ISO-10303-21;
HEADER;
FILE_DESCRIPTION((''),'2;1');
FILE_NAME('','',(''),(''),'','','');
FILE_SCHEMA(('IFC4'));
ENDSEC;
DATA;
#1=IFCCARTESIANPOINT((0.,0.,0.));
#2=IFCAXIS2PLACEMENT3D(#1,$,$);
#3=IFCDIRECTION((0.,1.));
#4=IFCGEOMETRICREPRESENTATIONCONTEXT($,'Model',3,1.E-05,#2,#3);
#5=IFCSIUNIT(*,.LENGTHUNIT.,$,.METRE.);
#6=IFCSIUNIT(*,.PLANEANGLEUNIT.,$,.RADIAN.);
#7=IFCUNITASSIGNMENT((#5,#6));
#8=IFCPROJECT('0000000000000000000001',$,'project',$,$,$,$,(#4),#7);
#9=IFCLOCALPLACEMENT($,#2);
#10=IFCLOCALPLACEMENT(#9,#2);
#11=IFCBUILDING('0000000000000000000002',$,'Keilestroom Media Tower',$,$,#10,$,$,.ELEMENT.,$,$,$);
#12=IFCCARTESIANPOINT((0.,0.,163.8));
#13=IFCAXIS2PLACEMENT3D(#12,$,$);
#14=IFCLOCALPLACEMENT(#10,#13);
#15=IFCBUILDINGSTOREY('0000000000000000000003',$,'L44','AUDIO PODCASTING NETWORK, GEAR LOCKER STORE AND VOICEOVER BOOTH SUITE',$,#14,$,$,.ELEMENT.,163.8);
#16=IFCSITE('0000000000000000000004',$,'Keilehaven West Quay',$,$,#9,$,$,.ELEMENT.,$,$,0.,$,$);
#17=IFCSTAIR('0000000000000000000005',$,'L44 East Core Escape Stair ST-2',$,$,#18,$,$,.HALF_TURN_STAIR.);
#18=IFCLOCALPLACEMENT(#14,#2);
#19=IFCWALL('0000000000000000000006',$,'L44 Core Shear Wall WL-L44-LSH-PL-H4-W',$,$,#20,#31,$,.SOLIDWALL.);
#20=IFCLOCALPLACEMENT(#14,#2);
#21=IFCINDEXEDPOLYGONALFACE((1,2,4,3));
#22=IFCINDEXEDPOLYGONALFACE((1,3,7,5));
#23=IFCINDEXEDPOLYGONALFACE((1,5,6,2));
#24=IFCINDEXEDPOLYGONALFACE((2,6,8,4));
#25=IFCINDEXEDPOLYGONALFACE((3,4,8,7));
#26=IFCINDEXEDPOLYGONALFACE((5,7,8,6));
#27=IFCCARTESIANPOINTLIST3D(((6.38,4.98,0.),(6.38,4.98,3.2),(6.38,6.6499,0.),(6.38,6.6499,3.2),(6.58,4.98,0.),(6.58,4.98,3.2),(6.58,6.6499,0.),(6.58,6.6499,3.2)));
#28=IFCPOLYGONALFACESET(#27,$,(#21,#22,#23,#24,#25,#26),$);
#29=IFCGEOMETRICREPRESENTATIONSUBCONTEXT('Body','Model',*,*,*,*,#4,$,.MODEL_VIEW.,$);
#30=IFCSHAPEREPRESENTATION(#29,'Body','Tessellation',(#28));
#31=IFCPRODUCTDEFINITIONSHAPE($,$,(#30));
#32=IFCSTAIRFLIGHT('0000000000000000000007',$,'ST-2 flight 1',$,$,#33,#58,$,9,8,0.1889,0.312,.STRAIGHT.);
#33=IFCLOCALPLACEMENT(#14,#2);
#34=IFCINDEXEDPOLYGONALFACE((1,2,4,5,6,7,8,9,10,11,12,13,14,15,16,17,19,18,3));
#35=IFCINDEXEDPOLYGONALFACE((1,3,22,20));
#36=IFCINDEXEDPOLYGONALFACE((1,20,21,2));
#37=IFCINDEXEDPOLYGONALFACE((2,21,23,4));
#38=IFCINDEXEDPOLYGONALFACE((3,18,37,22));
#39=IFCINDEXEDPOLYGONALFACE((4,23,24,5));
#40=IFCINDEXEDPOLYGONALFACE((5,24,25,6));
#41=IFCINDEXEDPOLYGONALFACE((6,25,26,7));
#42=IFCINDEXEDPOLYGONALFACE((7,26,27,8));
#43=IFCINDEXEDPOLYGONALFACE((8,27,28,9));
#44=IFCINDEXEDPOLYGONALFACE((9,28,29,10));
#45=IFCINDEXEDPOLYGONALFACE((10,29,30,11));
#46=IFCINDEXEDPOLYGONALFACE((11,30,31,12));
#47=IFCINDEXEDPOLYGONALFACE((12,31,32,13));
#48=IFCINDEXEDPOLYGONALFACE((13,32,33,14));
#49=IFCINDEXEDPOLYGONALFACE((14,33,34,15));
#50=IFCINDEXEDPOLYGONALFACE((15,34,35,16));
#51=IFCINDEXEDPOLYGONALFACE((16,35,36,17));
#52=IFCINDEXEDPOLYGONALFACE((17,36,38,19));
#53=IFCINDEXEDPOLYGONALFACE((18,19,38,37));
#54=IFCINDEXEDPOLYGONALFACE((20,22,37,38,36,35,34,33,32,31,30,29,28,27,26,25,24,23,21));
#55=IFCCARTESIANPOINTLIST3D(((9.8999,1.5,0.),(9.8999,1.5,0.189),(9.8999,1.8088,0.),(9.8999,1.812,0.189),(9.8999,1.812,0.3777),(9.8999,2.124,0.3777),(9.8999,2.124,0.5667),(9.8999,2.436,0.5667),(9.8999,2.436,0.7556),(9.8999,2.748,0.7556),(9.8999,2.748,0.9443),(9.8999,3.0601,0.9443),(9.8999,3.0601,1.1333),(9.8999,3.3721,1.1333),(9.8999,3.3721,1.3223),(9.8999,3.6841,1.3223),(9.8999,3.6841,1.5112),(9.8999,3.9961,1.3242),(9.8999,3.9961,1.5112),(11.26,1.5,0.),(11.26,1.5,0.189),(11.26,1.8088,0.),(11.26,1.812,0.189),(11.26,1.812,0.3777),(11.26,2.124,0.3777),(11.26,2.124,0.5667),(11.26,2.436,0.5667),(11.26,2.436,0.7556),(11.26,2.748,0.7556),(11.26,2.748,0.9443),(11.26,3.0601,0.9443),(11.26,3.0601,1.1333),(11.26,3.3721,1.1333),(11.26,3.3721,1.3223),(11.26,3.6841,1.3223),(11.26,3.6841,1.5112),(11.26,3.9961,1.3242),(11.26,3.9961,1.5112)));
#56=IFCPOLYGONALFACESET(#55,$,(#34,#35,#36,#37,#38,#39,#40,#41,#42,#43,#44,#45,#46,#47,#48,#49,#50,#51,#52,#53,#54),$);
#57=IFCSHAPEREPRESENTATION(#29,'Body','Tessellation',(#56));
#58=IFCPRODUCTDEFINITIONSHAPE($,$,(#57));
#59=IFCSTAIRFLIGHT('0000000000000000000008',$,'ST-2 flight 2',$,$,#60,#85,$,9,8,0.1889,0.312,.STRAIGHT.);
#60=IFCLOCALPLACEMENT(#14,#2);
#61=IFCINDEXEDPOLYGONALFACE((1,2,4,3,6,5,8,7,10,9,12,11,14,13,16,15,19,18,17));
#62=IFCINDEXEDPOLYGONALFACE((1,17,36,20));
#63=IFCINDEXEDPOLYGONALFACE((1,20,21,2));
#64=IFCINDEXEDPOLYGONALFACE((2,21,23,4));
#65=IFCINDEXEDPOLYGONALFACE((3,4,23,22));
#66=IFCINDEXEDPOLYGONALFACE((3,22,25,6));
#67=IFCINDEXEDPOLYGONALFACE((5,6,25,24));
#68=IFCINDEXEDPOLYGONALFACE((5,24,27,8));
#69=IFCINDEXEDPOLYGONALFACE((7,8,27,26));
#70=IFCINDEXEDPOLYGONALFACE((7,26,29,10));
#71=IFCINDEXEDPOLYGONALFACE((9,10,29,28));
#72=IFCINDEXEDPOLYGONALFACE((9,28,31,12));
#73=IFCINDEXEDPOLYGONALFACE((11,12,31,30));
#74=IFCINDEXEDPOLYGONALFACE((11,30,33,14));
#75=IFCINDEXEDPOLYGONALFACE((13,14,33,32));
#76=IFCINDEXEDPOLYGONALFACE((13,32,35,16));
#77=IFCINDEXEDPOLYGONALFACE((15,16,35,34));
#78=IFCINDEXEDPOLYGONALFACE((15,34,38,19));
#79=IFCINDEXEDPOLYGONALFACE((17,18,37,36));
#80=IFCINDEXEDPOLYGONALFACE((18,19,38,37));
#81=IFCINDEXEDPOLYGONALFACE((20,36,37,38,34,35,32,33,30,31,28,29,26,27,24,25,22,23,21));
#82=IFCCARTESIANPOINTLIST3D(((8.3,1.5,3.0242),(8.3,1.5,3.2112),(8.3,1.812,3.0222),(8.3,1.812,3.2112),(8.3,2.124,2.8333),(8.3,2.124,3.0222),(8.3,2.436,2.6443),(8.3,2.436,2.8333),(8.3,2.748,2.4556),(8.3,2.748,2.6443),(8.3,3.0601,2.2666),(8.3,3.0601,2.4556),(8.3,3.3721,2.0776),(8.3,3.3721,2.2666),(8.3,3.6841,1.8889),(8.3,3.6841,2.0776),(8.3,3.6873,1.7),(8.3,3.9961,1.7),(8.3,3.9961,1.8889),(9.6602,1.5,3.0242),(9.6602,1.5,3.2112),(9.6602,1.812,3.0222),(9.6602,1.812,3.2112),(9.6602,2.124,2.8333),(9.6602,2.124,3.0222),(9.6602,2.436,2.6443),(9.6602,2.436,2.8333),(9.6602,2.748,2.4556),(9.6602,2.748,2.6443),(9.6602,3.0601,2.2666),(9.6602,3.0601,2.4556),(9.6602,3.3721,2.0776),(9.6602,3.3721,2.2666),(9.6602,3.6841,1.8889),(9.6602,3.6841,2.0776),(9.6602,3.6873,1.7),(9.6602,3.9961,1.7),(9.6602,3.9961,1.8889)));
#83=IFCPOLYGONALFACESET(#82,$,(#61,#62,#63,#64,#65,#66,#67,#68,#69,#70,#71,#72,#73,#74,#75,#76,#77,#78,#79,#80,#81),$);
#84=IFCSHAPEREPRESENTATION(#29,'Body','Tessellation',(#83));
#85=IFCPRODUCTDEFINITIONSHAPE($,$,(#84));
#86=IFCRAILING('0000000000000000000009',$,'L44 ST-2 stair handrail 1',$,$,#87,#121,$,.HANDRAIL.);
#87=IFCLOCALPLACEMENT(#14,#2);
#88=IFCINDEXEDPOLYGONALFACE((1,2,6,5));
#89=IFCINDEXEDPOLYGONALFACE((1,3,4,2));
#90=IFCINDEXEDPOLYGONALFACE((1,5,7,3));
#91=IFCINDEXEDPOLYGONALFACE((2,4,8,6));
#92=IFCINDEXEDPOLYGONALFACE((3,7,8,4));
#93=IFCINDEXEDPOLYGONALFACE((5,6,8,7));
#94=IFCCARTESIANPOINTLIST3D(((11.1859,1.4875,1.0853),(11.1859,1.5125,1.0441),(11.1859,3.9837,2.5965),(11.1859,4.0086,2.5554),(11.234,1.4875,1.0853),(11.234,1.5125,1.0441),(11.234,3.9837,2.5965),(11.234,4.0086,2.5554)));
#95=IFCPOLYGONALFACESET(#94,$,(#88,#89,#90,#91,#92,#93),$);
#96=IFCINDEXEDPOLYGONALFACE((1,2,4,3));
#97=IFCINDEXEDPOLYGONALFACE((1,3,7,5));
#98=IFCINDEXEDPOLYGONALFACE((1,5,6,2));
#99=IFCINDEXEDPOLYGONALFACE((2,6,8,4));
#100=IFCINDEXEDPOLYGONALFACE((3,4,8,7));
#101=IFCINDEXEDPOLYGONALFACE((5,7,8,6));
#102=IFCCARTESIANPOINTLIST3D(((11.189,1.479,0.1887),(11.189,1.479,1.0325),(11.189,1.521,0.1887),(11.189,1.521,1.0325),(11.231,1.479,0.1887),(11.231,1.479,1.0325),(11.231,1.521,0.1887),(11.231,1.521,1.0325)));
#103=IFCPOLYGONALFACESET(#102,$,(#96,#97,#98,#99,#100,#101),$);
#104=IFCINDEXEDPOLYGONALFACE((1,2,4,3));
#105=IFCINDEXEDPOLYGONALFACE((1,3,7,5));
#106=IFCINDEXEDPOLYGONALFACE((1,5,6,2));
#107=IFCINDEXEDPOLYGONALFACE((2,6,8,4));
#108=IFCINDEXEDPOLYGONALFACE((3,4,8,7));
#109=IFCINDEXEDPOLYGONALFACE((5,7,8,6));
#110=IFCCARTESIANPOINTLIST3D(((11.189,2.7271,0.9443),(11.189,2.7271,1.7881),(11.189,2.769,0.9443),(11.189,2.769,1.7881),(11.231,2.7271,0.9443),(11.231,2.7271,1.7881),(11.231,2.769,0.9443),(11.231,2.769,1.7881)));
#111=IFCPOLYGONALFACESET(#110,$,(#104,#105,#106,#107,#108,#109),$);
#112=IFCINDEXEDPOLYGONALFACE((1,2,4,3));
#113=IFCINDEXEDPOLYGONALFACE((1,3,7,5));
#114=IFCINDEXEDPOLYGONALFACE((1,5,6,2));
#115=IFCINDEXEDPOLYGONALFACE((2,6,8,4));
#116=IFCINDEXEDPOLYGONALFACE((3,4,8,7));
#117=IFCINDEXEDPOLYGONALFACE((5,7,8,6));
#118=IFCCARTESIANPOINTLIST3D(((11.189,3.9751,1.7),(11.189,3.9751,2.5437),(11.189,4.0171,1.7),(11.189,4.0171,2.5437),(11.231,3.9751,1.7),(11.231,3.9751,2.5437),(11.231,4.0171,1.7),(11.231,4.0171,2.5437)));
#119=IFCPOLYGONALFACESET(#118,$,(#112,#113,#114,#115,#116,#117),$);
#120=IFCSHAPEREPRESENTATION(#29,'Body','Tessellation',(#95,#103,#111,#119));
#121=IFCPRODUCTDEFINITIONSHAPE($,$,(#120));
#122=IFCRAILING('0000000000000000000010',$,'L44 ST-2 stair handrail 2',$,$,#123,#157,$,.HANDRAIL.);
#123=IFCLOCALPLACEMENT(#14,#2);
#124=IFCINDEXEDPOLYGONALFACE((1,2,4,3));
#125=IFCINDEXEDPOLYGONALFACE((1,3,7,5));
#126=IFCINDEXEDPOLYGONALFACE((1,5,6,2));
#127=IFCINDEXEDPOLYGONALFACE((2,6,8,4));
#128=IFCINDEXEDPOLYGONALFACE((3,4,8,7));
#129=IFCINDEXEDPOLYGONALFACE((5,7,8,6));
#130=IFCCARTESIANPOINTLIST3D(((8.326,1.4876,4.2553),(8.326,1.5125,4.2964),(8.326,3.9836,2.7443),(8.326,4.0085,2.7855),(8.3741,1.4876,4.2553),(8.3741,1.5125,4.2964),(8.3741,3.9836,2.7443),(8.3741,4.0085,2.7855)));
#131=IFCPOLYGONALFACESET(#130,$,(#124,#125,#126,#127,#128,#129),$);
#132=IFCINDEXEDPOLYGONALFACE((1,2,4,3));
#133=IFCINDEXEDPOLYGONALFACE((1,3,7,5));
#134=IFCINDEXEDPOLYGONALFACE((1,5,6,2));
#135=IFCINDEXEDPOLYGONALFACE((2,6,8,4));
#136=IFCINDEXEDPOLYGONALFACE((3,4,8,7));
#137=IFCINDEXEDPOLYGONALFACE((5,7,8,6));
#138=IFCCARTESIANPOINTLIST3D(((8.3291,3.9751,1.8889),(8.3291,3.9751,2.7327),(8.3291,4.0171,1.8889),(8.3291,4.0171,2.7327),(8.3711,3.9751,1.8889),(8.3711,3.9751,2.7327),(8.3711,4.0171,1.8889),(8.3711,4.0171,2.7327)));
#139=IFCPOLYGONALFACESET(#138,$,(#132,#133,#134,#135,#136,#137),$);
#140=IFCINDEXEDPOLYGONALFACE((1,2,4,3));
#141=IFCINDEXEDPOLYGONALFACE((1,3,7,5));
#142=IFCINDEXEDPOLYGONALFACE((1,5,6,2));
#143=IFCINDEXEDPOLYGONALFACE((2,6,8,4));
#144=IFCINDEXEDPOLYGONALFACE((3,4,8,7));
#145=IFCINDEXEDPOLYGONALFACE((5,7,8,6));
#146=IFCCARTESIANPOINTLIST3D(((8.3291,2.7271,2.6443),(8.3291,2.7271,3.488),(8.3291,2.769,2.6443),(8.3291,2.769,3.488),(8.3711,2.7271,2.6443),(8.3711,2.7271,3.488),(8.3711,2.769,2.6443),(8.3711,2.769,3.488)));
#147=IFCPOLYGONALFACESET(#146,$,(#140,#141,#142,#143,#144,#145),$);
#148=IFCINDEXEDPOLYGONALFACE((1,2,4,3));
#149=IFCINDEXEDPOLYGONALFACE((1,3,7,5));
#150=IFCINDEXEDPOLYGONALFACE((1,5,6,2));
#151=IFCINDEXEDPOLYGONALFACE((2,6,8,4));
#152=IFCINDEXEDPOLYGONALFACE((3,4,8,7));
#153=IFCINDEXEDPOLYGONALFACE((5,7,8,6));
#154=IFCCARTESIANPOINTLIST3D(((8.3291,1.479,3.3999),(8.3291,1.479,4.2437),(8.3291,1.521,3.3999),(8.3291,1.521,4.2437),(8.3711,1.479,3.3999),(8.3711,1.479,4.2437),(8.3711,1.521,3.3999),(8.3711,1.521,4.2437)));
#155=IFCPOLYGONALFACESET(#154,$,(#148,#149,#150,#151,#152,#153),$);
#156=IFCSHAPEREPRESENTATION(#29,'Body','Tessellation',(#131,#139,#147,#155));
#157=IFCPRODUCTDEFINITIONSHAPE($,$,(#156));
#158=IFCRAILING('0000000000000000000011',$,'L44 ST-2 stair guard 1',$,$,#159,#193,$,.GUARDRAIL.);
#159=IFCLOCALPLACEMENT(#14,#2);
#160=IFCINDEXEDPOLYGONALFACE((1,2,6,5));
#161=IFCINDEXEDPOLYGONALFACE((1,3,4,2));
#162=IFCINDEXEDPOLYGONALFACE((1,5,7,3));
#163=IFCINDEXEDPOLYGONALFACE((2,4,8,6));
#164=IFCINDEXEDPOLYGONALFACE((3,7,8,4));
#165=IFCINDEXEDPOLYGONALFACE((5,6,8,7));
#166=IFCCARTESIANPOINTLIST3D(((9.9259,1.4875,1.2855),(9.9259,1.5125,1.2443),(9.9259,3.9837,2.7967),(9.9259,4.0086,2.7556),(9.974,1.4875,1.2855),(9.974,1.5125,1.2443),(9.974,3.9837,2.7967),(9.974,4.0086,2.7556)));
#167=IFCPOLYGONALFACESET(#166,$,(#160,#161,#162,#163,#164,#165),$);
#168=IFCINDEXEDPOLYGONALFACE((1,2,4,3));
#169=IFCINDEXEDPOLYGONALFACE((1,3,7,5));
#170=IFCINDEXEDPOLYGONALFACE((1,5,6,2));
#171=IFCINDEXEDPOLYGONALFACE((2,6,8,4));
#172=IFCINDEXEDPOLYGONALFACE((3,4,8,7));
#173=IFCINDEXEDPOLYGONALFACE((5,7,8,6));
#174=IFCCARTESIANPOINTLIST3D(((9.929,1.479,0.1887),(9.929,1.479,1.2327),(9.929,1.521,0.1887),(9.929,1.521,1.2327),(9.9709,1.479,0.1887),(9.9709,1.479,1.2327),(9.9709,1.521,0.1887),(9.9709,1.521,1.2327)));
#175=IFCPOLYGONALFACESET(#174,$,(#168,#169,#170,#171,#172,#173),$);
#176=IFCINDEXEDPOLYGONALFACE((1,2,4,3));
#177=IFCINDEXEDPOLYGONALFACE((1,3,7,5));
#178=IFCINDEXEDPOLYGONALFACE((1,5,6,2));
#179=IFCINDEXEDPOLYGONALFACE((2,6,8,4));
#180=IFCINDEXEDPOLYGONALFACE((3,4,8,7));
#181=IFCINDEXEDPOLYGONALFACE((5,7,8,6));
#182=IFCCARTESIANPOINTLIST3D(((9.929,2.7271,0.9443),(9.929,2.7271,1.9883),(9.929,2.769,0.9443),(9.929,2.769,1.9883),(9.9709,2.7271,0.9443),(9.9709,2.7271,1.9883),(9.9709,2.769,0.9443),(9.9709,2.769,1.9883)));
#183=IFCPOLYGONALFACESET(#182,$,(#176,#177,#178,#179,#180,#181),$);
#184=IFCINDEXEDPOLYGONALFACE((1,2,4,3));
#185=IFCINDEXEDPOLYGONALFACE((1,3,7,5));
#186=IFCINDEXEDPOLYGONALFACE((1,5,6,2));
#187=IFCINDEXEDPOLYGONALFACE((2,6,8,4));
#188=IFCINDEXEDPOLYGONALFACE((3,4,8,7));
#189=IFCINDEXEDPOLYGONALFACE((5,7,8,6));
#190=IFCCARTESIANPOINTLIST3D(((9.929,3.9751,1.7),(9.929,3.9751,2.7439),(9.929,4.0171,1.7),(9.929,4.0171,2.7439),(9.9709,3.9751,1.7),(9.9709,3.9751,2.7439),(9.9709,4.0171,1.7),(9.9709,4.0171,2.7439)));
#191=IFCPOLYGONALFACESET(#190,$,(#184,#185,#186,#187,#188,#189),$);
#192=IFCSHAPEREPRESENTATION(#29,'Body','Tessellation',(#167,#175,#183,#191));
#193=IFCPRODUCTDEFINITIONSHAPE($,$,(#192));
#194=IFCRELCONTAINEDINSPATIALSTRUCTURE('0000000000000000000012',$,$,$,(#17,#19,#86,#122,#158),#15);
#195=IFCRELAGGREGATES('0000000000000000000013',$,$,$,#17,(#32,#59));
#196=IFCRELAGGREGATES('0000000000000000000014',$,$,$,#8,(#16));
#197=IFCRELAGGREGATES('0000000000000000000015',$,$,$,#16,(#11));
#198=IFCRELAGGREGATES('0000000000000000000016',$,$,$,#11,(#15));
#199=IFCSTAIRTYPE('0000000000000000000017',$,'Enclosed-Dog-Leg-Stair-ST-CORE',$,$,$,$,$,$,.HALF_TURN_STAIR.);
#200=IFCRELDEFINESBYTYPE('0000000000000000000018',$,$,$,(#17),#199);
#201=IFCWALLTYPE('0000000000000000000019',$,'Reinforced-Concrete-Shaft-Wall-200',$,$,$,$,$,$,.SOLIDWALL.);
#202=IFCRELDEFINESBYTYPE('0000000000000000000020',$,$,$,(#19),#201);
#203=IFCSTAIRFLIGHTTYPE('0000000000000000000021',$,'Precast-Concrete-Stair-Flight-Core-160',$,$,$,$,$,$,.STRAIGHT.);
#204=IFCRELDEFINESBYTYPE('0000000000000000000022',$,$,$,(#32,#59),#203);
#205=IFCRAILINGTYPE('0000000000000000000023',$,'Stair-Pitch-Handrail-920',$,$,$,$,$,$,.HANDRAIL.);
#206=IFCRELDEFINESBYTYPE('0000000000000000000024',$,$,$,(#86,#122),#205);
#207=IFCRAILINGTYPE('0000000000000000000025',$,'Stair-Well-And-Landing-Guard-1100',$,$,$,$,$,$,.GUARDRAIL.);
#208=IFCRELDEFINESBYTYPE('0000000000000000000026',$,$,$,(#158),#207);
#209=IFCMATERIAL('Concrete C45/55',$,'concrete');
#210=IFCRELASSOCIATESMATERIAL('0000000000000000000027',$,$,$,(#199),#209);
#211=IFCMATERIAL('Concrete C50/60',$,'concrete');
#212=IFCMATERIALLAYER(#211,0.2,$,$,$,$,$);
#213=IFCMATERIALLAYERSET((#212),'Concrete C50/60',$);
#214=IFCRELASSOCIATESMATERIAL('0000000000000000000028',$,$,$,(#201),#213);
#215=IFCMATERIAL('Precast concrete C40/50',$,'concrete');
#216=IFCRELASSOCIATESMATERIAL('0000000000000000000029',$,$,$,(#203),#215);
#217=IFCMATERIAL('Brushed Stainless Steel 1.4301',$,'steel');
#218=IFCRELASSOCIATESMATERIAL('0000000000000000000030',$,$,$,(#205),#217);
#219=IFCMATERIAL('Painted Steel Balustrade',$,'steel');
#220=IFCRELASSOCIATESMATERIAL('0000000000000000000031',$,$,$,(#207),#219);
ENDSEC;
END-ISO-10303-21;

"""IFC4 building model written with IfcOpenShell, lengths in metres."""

from ifc_helpers import new_model, si_unit, direction, frame, frame_2d, origin, origin_2d, place, context, subcontext, project, spatial, polyline, rectangle, outline, extrude, material, layer, layer_set, type_object, element, aggregate, save


model = new_model("IFC4")

# Units and contexts
model_context = context("Model", 3, precision=1e-05, world=origin(), true_north=direction((0.0, 1.0)))
body_context = subcontext(model_context, "Body", "Model", "MODEL_VIEW")
ifc_project = project(units=[si_unit("LENGTHUNIT", "METRE"), si_unit("PLANEANGLEUNIT", "RADIAN")], contexts=[model_context])

# Site, building, storey
site_placement = place(None, origin())
site = spatial("IfcSite", under=ifc_project, at=site_placement, Name="Keilehaven West Quay", CompositionType="ELEMENT", RefElevation=0.0)
building_placement = place(site_placement, origin())
building = spatial("IfcBuilding", under=site, at=building_placement, Name="Keilestroom Media Tower", CompositionType="ELEMENT")
storey_placement = place(building_placement, frame((0.0, 0.0, 163.8)))
storey = spatial("IfcBuildingStorey", under=building, at=storey_placement, Name="L44", Description="AUDIO PODCASTING NETWORK, GEAR LOCKER STORE AND VOICEOVER BOOTH SUITE", CompositionType="ELEMENT", Elevation=163.8)

# Stair
ifc_material_1 = material(Name="Concrete C45/55", Category="concrete")
stair_type = type_object("IfcStairType", Name="Enclosed-Dog-Leg-Stair-ST-CORE", PredefinedType="HALF_TURN_STAIR", material=ifc_material_1)
stair_1_placement = place(storey_placement, origin())
stair_1 = element("IfcStair", 1, at=stair_1_placement, inside=storey, type_object=stair_type, Name="L44 East Core Escape Stair ST-2", PredefinedType="HALF_TURN_STAIR")

# Shared definitions
ifc_material_2 = material(Name="Concrete C50/60", Category="concrete")
ifc_layer_1 = layer(ifc_material_2, 0.2)
ifc_layer_set_1 = layer_set([ifc_layer_1], Name="Concrete C50/60")
wall_type_1 = type_object("IfcWallType", Name="Reinforced-Concrete-Shaft-Wall-200", PredefinedType="SOLIDWALL", material=ifc_layer_set_1)

# Wall
wall_1_placement = place(storey_placement, frame((6.48, 4.98, 0.0), z_axis=(0.0, 0.0, 1.0), x_axis=(0.0, 1.0, 0.0)))
element("IfcWall", 2, at=wall_1_placement, inside=storey, type_object=wall_type_1, Name="L44 Core Shear Wall WL-L44-LSH-PL-H4-W", PredefinedType="SOLIDWALL", context=body_context, shape_type="SweptSolid", body=[
    extrude(rectangle(XDim=1.6699, YDim=0.2, at=frame_2d((0.835, 0.0))), origin(), (0.0, 0.0, 1.0), 3.2),
])

# Stair flights
ifc_material_3 = material(Name="Precast concrete C40/50", Category="concrete")
stair_flight_type = type_object("IfcStairFlightType", Name="Precast-Concrete-Stair-Flight-Core-160", PredefinedType="STRAIGHT", material=ifc_material_3)
stair_flight_1_placement = place(storey_placement, frame((10.5801, 1.5, 0.0), z_axis=(0.0, 0.0, 1.0), x_axis=(0.0, 1.0, 0.0)))
stair_flight_1 = element("IfcStairFlight", 3, at=stair_flight_1_placement, type_object=stair_flight_type, Name="ST-2 flight 1", NumberOfRisers=9, NumberOfTreads=8, PredefinedType="STRAIGHT", RiserHeight=0.1889, TreadLength=0.312, context=body_context, shape_type="SweptSolid", body=[
    extrude(outline(polyline([(0.0, 0.0), (0.0, 0.189), (0.312, 0.189), (0.312, 0.3777), (0.624, 0.3777), (0.624, 0.5667), (0.936, 0.5667), (0.936, 0.7556), (1.248, 0.7556), (1.248, 0.9443), (1.5601, 0.9443), (1.5601, 1.1333), (1.8721, 1.1333), (1.8721, 1.3223), (2.1841, 1.3223), (2.1841, 1.5112), (2.4961, 1.5112), (2.4961, 1.7), (2.4961, 1.3242), (0.3088, 0.0), (0.0, 0.0)])), frame((0.0, 0.6802, 0.0), z_axis=(0.0, -1.0, 0.0), x_axis=(1.0, 0.0, 0.0)), (0.0, 0.0, 1.0), 1.3601),
])
stair_flight_2_placement = place(storey_placement, frame((8.98, 3.9961, 1.7), z_axis=(0.0, 0.0, 1.0), x_axis=(0.0, -1.0, 0.0)))
stair_flight_2 = element("IfcStairFlight", 4, at=stair_flight_2_placement, type_object=stair_flight_type, Name="ST-2 flight 2", NumberOfRisers=9, NumberOfTreads=8, PredefinedType="STRAIGHT", RiserHeight=0.1889, TreadLength=0.312, context=body_context, shape_type="SweptSolid", body=[
    extrude(outline(polyline([(0.0, 0.0), (0.0, 0.189), (0.312, 0.189), (0.312, 0.3777), (0.624, 0.3777), (0.624, 0.5667), (0.936, 0.5667), (0.936, 0.7556), (1.248, 0.7556), (1.248, 0.9443), (1.5601, 0.9443), (1.5601, 1.1333), (1.8721, 1.1333), (1.8721, 1.3223), (2.1841, 1.3223), (2.1841, 1.5112), (2.4961, 1.5112), (2.4961, 1.7), (2.4961, 1.3242), (0.3088, 0.0), (0.0, 0.0)])), frame((0.0, 0.6802, 0.0), z_axis=(0.0, -1.0, 0.0), x_axis=(1.0, 0.0, 0.0)), (0.0, 0.0, 1.0), 1.3601),
])
aggregate(stair_1, [stair_flight_1, stair_flight_2])

# Railings
ifc_material_4 = material(Name="Brushed Stainless Steel 1.4301", Category="steel")
railing_type_1 = type_object("IfcRailingType", Name="Stair-Pitch-Handrail-920", PredefinedType="HANDRAIL", material=ifc_material_4)
railing_1_placement = place(storey_placement, frame((11.21, 1.5, 0.1887)))
element("IfcRailing", 5, at=railing_1_placement, inside=storey, type_object=railing_type_1, Name="L44 ST-2 stair handrail 1", PredefinedType="HANDRAIL", context=body_context, shape_type="SweptSolid", body=[
    extrude(rectangle(XDim=0.0481, YDim=0.0481, at=origin_2d()), frame((0.0, 0.0, 0.876), z_axis=(0.0, 0.855434, 0.517912), x_axis=(-1.0, 0.0, 0.0)), (0.0, 0.0, 1.0), 2.918),
    extrude(rectangle(XDim=0.042, YDim=0.042, at=origin_2d()), origin(), (0.0, 0.0, 1.0), 0.8438),
    extrude(rectangle(XDim=0.042, YDim=0.042, at=origin_2d()), frame((0.0, 1.248, 0.7556)), (0.0, 0.0, 1.0), 0.8438),
    extrude(rectangle(XDim=0.042, YDim=0.042, at=origin_2d()), frame((0.0, 2.4961, 1.5112)), (0.0, 0.0, 1.0), 0.8438),
])
railing_2_placement = place(storey_placement, frame((8.3501, 3.9961, 1.8889)))
element("IfcRailing", 6, at=railing_2_placement, inside=storey, type_object=railing_type_1, Name="L44 ST-2 stair handrail 2", PredefinedType="HANDRAIL", context=body_context, shape_type="SweptSolid", body=[
    extrude(rectangle(XDim=0.0481, YDim=0.0481, at=origin_2d()), frame((0.0, 0.0, 0.876), z_axis=(0.0, -0.855471, 0.517851), x_axis=(1.0, 0.0, 0.0)), (0.0, 0.0, 1.0), 2.9177),
    extrude(rectangle(XDim=0.042, YDim=0.042, at=origin_2d()), origin(), (0.0, 0.0, 1.0), 0.8438),
    extrude(rectangle(XDim=0.042, YDim=0.042, at=origin_2d()), frame((0.0, -1.248, 0.7554)), (0.0, 0.0, 1.0), 0.8438),
    extrude(rectangle(XDim=0.042, YDim=0.042, at=origin_2d()), frame((0.0, -2.4961, 1.511)), (0.0, 0.0, 1.0), 0.8438),
])
ifc_material_5 = material(Name="Painted Steel Balustrade", Category="steel")
railing_type_2 = type_object("IfcRailingType", Name="Stair-Well-And-Landing-Guard-1100", PredefinedType="GUARDRAIL", material=ifc_material_5)
railing_3_placement = place(storey_placement, frame((9.95, 1.5, 0.1887)))
element("IfcRailing", 7, at=railing_3_placement, inside=storey, type_object=railing_type_2, Name="L44 ST-2 stair guard 1", PredefinedType="GUARDRAIL", context=body_context, shape_type="SweptSolid", body=[
    extrude(rectangle(XDim=0.0481, YDim=0.0481, at=origin_2d()), frame((0.0, 0.0, 1.0762), z_axis=(0.0, 0.855434, 0.517912), x_axis=(-1.0, 0.0, 0.0)), (0.0, 0.0, 1.0), 2.918),
    extrude(rectangle(XDim=0.042, YDim=0.042, at=origin_2d()), origin(), (0.0, 0.0, 1.0), 1.0439),
    extrude(rectangle(XDim=0.042, YDim=0.042, at=origin_2d()), frame((0.0, 1.248, 0.7556)), (0.0, 0.0, 1.0), 1.0439),
    extrude(rectangle(XDim=0.042, YDim=0.042, at=origin_2d()), frame((0.0, 2.4961, 1.5112)), (0.0, 0.0, 1.0), 1.0439),
])

save(model, "model.ifc")
